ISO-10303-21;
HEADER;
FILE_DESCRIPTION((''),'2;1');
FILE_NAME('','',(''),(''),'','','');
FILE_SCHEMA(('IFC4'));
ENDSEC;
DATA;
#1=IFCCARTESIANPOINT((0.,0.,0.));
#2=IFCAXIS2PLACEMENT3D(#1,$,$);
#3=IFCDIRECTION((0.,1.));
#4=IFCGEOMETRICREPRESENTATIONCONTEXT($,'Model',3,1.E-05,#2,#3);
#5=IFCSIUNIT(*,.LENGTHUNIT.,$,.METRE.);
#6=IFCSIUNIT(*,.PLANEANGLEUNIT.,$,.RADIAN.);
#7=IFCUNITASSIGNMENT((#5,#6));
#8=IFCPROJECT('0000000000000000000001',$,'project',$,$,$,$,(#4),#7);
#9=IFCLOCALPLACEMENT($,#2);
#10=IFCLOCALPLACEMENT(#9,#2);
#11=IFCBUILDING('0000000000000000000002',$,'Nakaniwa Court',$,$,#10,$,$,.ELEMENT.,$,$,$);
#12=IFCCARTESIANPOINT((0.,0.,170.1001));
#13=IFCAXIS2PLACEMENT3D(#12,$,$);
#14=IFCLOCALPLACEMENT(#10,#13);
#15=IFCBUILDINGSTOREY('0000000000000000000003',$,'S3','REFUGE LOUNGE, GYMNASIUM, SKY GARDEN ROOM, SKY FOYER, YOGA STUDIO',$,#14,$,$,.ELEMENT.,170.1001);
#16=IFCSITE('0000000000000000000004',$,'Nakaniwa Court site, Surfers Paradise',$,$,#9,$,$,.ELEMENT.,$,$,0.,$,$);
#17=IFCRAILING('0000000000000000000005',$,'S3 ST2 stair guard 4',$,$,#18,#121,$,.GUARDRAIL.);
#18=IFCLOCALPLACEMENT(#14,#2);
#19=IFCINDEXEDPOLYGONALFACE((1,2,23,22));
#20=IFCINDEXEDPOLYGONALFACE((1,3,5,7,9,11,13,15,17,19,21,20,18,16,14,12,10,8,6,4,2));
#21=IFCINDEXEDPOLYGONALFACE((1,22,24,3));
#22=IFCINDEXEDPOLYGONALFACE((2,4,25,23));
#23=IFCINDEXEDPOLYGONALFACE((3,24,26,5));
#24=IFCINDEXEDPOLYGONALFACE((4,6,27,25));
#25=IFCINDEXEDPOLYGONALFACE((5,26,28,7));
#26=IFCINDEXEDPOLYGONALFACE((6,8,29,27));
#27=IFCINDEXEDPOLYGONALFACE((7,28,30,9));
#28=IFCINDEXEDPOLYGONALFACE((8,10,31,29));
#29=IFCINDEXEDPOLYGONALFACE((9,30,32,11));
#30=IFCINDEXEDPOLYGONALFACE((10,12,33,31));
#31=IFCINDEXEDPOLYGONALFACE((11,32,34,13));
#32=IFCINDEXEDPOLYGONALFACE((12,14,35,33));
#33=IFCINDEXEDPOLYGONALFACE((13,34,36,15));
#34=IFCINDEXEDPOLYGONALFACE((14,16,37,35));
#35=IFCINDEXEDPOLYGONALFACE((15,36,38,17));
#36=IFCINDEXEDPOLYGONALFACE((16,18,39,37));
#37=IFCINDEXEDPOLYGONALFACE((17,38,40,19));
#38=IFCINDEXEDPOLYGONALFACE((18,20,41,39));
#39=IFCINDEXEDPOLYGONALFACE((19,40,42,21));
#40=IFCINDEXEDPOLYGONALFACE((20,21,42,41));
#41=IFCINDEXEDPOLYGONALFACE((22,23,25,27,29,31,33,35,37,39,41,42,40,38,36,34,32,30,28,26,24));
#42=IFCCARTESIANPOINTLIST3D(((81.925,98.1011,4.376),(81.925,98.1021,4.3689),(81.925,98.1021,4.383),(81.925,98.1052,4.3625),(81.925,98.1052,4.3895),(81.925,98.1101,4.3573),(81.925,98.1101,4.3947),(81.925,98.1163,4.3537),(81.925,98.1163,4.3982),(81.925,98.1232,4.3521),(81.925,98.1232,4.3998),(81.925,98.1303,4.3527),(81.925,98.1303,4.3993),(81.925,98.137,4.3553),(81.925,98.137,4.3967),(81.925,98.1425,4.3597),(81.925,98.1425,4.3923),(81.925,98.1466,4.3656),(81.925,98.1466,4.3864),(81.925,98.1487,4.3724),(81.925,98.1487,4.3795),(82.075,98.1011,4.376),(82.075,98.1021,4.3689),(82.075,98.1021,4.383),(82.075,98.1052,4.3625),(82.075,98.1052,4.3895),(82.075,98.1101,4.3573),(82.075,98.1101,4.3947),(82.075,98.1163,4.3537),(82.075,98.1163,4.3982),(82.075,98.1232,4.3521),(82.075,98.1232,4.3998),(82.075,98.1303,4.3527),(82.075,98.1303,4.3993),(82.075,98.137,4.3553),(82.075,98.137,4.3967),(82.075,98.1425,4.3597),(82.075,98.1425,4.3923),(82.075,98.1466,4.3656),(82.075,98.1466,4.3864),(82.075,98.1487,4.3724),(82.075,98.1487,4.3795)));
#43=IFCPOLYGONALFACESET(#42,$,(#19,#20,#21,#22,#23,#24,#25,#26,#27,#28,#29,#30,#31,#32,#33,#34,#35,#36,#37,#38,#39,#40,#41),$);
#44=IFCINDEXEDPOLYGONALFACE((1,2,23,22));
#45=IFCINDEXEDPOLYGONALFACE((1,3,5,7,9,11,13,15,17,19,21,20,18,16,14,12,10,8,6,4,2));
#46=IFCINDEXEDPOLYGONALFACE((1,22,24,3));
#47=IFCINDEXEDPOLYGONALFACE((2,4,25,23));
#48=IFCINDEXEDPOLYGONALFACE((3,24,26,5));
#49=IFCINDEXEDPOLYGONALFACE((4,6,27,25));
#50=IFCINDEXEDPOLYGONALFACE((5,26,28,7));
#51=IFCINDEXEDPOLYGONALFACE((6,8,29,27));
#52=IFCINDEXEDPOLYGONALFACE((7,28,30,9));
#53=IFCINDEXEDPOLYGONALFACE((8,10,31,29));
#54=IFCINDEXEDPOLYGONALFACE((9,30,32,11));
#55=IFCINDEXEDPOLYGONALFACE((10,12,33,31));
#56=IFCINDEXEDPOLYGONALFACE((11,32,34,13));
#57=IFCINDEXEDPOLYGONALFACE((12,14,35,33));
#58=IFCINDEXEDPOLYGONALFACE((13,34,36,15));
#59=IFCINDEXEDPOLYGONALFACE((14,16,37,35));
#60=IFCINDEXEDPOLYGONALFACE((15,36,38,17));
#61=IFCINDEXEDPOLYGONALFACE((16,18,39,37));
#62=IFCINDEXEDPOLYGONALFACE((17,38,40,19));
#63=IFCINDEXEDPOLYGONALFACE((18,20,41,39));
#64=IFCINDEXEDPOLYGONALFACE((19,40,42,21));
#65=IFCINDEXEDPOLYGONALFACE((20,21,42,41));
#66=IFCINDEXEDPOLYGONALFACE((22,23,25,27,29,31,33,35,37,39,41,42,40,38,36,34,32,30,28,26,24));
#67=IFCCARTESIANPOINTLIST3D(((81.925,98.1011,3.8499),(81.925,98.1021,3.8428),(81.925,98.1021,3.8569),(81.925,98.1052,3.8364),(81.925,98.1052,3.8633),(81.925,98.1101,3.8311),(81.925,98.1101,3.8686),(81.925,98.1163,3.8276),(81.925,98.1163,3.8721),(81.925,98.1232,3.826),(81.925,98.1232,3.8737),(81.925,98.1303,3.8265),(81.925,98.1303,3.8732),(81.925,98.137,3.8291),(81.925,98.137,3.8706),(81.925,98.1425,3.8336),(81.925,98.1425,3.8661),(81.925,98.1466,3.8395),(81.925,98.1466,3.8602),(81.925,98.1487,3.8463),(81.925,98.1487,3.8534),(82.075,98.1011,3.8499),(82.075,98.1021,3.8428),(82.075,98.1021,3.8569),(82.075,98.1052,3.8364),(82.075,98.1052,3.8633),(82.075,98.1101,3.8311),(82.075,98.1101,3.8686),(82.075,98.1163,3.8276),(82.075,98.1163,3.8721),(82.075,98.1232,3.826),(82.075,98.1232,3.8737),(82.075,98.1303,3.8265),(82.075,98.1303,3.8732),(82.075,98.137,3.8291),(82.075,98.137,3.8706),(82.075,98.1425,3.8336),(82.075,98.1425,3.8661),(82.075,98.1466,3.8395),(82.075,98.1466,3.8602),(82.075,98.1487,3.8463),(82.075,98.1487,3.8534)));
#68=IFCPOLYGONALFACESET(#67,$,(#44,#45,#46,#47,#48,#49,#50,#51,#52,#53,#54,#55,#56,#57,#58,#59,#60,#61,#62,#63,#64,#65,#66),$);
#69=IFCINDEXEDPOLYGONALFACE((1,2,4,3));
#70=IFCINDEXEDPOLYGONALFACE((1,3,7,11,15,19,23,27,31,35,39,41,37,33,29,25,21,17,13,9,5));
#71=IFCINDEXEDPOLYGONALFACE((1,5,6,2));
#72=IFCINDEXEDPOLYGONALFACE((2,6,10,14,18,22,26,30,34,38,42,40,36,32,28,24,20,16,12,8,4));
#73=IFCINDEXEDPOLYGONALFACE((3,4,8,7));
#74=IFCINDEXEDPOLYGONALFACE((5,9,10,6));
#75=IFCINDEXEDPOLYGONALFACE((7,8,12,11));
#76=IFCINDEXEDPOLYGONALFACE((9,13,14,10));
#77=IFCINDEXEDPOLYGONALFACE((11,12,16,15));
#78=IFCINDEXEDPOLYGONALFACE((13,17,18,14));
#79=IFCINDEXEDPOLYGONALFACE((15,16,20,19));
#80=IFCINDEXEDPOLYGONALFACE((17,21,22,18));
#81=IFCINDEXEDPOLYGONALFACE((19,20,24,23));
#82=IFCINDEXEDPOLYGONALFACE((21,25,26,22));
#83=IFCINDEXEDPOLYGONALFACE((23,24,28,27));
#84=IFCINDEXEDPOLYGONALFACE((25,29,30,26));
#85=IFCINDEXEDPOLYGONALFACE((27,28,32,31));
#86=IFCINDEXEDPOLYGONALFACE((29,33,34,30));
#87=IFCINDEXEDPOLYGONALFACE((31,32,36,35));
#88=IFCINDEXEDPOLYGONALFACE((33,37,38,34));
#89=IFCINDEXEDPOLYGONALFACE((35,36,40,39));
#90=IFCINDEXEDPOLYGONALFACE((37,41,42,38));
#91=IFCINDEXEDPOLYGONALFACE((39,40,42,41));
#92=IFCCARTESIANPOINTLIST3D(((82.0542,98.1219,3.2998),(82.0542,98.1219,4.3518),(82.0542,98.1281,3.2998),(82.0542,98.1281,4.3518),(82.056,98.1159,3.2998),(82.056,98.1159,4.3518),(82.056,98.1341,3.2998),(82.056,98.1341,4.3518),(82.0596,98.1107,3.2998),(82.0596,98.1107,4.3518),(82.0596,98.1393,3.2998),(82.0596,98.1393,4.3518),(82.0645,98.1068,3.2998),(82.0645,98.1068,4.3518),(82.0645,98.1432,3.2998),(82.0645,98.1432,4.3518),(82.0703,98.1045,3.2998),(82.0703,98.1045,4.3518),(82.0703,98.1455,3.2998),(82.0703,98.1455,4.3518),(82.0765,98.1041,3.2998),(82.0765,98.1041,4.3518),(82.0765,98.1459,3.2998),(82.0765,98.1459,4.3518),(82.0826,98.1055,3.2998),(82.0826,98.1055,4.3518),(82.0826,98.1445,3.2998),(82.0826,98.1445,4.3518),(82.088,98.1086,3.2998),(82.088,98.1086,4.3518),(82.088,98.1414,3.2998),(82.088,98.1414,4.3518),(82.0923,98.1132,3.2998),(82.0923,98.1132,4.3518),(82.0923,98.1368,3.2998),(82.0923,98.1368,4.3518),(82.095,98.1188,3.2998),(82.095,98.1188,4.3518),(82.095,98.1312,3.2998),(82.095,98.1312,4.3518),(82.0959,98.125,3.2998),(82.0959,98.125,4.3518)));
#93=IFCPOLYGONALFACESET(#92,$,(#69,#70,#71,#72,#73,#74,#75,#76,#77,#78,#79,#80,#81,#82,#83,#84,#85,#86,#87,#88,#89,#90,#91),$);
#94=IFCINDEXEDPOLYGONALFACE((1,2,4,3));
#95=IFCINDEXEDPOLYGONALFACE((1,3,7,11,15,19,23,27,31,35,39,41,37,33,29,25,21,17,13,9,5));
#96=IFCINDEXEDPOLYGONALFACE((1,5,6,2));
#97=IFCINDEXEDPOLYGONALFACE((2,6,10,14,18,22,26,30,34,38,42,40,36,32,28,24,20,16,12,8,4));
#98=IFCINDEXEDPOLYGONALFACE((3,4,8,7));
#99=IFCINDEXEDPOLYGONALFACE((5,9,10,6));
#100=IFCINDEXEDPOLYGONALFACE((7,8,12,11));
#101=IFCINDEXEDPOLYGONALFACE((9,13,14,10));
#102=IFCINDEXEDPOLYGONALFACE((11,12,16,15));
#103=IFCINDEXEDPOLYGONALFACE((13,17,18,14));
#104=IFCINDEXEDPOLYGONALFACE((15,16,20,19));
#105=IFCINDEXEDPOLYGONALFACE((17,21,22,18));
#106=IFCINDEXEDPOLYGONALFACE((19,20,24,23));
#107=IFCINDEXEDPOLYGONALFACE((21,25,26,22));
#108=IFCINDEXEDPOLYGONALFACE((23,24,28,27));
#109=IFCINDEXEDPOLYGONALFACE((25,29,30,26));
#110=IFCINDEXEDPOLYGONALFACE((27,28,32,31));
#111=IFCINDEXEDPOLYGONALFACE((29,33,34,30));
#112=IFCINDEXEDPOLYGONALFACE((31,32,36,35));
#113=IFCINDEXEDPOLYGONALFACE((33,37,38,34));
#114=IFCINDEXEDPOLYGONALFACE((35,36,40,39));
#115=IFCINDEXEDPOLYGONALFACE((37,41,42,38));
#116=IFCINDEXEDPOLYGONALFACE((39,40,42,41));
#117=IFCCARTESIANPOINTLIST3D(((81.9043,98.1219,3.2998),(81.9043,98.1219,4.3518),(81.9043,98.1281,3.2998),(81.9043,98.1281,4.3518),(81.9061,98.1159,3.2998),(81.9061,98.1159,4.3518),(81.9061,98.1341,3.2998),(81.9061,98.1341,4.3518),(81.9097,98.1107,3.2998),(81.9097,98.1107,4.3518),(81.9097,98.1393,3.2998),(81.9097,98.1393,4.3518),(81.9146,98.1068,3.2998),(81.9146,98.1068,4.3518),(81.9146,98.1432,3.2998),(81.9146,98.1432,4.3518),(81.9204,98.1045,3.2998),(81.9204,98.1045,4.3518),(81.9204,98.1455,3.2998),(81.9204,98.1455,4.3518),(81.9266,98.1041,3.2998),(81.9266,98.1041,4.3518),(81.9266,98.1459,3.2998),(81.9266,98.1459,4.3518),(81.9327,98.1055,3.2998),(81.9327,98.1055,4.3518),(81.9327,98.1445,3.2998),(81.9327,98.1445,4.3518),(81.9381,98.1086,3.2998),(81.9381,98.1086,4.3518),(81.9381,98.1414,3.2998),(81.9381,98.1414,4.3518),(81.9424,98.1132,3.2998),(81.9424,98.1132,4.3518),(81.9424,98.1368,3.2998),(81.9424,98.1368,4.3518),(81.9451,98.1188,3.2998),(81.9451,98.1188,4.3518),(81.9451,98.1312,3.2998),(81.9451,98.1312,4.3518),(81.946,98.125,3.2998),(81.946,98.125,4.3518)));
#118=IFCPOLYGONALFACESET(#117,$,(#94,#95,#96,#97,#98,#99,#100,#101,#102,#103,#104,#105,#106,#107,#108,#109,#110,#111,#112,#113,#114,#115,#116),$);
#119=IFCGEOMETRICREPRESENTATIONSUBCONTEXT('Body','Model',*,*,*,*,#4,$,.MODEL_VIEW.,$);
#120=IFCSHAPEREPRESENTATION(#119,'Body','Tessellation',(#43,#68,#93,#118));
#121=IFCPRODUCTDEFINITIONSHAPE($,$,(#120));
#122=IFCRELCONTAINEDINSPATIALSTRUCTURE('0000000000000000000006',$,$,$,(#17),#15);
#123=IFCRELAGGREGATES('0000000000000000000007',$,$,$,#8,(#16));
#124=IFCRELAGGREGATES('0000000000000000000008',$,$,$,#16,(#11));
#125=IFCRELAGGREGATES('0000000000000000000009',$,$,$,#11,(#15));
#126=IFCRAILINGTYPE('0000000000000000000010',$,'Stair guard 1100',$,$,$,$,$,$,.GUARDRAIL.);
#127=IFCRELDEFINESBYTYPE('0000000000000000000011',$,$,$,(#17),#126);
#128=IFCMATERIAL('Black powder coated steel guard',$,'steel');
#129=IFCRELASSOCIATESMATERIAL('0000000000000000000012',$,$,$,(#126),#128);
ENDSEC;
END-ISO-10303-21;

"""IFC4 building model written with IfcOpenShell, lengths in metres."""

from ifc_helpers import new_model, si_unit, direction, frame, origin, origin_2d, place, context, subcontext, project, spatial, circle, extrude, material, type_object, element, save


model = new_model("IFC4")

# Units and contexts
model_context = context("Model", 3, precision=1e-05, world=origin(), true_north=direction((0.0, 1.0)))
body_context = subcontext(model_context, "Body", "Model", "MODEL_VIEW")
ifc_project = project(units=[si_unit("LENGTHUNIT", "METRE"), si_unit("PLANEANGLEUNIT", "RADIAN")], contexts=[model_context])

# Site, building, storey
site_placement = place(None, origin())
site = spatial("IfcSite", under=ifc_project, at=site_placement, Name="Nakaniwa Court site, Surfers Paradise", CompositionType="ELEMENT", RefElevation=0.0)
building_placement = place(site_placement, origin())
building = spatial("IfcBuilding", under=site, at=building_placement, Name="Nakaniwa Court", CompositionType="ELEMENT")
storey_placement = place(building_placement, frame((0.0, 0.0, 170.1001)))
storey = spatial("IfcBuildingStorey", under=building, at=storey_placement, Name="S3", Description="REFUGE LOUNGE, GYMNASIUM, SKY GARDEN ROOM, SKY FOYER, YOGA STUDIO", CompositionType="ELEMENT", Elevation=170.1001)

# Railing
ifc_material_1 = material(Name="Black powder coated steel guard", Category="steel")
railing_type_1 = type_object("IfcRailingType", Name="Stair guard 1100", PredefinedType="GUARDRAIL", material=ifc_material_1)
railing_1_placement = place(storey_placement, frame((82.075, 98.125, 3.2998)))
element("IfcRailing", 1, at=railing_1_placement, inside=storey, type_object=railing_type_1, Name="S3 ST2 stair guard 4", PredefinedType="GUARDRAIL", context=body_context, shape_type="SweptSolid", body=[
    extrude(circle(Radius=0.0239, at=origin_2d()), frame((0.0, 0.0, 1.0762), z_axis=(-1.0, 0.0, 0.0), x_axis=(0.0, -1.0, 0.0)), (0.0, 0.0, 1.0), 0.1499),
    extrude(circle(Radius=0.0239, at=origin_2d()), frame((0.0, 0.0, 0.55), z_axis=(-1.0, 0.0, 0.0), x_axis=(0.0, -1.0, 0.0)), (0.0, 0.0, 1.0), 0.1499),
    extrude(circle(Radius=0.021, at=origin_2d()), origin(), (0.0, 0.0, 1.0), 1.052),
    extrude(circle(Radius=0.021, at=origin_2d()), frame((-0.1499, 0.0, 0.0)), (0.0, 0.0, 1.0), 1.052),
])

save(model, "model.ifc")
